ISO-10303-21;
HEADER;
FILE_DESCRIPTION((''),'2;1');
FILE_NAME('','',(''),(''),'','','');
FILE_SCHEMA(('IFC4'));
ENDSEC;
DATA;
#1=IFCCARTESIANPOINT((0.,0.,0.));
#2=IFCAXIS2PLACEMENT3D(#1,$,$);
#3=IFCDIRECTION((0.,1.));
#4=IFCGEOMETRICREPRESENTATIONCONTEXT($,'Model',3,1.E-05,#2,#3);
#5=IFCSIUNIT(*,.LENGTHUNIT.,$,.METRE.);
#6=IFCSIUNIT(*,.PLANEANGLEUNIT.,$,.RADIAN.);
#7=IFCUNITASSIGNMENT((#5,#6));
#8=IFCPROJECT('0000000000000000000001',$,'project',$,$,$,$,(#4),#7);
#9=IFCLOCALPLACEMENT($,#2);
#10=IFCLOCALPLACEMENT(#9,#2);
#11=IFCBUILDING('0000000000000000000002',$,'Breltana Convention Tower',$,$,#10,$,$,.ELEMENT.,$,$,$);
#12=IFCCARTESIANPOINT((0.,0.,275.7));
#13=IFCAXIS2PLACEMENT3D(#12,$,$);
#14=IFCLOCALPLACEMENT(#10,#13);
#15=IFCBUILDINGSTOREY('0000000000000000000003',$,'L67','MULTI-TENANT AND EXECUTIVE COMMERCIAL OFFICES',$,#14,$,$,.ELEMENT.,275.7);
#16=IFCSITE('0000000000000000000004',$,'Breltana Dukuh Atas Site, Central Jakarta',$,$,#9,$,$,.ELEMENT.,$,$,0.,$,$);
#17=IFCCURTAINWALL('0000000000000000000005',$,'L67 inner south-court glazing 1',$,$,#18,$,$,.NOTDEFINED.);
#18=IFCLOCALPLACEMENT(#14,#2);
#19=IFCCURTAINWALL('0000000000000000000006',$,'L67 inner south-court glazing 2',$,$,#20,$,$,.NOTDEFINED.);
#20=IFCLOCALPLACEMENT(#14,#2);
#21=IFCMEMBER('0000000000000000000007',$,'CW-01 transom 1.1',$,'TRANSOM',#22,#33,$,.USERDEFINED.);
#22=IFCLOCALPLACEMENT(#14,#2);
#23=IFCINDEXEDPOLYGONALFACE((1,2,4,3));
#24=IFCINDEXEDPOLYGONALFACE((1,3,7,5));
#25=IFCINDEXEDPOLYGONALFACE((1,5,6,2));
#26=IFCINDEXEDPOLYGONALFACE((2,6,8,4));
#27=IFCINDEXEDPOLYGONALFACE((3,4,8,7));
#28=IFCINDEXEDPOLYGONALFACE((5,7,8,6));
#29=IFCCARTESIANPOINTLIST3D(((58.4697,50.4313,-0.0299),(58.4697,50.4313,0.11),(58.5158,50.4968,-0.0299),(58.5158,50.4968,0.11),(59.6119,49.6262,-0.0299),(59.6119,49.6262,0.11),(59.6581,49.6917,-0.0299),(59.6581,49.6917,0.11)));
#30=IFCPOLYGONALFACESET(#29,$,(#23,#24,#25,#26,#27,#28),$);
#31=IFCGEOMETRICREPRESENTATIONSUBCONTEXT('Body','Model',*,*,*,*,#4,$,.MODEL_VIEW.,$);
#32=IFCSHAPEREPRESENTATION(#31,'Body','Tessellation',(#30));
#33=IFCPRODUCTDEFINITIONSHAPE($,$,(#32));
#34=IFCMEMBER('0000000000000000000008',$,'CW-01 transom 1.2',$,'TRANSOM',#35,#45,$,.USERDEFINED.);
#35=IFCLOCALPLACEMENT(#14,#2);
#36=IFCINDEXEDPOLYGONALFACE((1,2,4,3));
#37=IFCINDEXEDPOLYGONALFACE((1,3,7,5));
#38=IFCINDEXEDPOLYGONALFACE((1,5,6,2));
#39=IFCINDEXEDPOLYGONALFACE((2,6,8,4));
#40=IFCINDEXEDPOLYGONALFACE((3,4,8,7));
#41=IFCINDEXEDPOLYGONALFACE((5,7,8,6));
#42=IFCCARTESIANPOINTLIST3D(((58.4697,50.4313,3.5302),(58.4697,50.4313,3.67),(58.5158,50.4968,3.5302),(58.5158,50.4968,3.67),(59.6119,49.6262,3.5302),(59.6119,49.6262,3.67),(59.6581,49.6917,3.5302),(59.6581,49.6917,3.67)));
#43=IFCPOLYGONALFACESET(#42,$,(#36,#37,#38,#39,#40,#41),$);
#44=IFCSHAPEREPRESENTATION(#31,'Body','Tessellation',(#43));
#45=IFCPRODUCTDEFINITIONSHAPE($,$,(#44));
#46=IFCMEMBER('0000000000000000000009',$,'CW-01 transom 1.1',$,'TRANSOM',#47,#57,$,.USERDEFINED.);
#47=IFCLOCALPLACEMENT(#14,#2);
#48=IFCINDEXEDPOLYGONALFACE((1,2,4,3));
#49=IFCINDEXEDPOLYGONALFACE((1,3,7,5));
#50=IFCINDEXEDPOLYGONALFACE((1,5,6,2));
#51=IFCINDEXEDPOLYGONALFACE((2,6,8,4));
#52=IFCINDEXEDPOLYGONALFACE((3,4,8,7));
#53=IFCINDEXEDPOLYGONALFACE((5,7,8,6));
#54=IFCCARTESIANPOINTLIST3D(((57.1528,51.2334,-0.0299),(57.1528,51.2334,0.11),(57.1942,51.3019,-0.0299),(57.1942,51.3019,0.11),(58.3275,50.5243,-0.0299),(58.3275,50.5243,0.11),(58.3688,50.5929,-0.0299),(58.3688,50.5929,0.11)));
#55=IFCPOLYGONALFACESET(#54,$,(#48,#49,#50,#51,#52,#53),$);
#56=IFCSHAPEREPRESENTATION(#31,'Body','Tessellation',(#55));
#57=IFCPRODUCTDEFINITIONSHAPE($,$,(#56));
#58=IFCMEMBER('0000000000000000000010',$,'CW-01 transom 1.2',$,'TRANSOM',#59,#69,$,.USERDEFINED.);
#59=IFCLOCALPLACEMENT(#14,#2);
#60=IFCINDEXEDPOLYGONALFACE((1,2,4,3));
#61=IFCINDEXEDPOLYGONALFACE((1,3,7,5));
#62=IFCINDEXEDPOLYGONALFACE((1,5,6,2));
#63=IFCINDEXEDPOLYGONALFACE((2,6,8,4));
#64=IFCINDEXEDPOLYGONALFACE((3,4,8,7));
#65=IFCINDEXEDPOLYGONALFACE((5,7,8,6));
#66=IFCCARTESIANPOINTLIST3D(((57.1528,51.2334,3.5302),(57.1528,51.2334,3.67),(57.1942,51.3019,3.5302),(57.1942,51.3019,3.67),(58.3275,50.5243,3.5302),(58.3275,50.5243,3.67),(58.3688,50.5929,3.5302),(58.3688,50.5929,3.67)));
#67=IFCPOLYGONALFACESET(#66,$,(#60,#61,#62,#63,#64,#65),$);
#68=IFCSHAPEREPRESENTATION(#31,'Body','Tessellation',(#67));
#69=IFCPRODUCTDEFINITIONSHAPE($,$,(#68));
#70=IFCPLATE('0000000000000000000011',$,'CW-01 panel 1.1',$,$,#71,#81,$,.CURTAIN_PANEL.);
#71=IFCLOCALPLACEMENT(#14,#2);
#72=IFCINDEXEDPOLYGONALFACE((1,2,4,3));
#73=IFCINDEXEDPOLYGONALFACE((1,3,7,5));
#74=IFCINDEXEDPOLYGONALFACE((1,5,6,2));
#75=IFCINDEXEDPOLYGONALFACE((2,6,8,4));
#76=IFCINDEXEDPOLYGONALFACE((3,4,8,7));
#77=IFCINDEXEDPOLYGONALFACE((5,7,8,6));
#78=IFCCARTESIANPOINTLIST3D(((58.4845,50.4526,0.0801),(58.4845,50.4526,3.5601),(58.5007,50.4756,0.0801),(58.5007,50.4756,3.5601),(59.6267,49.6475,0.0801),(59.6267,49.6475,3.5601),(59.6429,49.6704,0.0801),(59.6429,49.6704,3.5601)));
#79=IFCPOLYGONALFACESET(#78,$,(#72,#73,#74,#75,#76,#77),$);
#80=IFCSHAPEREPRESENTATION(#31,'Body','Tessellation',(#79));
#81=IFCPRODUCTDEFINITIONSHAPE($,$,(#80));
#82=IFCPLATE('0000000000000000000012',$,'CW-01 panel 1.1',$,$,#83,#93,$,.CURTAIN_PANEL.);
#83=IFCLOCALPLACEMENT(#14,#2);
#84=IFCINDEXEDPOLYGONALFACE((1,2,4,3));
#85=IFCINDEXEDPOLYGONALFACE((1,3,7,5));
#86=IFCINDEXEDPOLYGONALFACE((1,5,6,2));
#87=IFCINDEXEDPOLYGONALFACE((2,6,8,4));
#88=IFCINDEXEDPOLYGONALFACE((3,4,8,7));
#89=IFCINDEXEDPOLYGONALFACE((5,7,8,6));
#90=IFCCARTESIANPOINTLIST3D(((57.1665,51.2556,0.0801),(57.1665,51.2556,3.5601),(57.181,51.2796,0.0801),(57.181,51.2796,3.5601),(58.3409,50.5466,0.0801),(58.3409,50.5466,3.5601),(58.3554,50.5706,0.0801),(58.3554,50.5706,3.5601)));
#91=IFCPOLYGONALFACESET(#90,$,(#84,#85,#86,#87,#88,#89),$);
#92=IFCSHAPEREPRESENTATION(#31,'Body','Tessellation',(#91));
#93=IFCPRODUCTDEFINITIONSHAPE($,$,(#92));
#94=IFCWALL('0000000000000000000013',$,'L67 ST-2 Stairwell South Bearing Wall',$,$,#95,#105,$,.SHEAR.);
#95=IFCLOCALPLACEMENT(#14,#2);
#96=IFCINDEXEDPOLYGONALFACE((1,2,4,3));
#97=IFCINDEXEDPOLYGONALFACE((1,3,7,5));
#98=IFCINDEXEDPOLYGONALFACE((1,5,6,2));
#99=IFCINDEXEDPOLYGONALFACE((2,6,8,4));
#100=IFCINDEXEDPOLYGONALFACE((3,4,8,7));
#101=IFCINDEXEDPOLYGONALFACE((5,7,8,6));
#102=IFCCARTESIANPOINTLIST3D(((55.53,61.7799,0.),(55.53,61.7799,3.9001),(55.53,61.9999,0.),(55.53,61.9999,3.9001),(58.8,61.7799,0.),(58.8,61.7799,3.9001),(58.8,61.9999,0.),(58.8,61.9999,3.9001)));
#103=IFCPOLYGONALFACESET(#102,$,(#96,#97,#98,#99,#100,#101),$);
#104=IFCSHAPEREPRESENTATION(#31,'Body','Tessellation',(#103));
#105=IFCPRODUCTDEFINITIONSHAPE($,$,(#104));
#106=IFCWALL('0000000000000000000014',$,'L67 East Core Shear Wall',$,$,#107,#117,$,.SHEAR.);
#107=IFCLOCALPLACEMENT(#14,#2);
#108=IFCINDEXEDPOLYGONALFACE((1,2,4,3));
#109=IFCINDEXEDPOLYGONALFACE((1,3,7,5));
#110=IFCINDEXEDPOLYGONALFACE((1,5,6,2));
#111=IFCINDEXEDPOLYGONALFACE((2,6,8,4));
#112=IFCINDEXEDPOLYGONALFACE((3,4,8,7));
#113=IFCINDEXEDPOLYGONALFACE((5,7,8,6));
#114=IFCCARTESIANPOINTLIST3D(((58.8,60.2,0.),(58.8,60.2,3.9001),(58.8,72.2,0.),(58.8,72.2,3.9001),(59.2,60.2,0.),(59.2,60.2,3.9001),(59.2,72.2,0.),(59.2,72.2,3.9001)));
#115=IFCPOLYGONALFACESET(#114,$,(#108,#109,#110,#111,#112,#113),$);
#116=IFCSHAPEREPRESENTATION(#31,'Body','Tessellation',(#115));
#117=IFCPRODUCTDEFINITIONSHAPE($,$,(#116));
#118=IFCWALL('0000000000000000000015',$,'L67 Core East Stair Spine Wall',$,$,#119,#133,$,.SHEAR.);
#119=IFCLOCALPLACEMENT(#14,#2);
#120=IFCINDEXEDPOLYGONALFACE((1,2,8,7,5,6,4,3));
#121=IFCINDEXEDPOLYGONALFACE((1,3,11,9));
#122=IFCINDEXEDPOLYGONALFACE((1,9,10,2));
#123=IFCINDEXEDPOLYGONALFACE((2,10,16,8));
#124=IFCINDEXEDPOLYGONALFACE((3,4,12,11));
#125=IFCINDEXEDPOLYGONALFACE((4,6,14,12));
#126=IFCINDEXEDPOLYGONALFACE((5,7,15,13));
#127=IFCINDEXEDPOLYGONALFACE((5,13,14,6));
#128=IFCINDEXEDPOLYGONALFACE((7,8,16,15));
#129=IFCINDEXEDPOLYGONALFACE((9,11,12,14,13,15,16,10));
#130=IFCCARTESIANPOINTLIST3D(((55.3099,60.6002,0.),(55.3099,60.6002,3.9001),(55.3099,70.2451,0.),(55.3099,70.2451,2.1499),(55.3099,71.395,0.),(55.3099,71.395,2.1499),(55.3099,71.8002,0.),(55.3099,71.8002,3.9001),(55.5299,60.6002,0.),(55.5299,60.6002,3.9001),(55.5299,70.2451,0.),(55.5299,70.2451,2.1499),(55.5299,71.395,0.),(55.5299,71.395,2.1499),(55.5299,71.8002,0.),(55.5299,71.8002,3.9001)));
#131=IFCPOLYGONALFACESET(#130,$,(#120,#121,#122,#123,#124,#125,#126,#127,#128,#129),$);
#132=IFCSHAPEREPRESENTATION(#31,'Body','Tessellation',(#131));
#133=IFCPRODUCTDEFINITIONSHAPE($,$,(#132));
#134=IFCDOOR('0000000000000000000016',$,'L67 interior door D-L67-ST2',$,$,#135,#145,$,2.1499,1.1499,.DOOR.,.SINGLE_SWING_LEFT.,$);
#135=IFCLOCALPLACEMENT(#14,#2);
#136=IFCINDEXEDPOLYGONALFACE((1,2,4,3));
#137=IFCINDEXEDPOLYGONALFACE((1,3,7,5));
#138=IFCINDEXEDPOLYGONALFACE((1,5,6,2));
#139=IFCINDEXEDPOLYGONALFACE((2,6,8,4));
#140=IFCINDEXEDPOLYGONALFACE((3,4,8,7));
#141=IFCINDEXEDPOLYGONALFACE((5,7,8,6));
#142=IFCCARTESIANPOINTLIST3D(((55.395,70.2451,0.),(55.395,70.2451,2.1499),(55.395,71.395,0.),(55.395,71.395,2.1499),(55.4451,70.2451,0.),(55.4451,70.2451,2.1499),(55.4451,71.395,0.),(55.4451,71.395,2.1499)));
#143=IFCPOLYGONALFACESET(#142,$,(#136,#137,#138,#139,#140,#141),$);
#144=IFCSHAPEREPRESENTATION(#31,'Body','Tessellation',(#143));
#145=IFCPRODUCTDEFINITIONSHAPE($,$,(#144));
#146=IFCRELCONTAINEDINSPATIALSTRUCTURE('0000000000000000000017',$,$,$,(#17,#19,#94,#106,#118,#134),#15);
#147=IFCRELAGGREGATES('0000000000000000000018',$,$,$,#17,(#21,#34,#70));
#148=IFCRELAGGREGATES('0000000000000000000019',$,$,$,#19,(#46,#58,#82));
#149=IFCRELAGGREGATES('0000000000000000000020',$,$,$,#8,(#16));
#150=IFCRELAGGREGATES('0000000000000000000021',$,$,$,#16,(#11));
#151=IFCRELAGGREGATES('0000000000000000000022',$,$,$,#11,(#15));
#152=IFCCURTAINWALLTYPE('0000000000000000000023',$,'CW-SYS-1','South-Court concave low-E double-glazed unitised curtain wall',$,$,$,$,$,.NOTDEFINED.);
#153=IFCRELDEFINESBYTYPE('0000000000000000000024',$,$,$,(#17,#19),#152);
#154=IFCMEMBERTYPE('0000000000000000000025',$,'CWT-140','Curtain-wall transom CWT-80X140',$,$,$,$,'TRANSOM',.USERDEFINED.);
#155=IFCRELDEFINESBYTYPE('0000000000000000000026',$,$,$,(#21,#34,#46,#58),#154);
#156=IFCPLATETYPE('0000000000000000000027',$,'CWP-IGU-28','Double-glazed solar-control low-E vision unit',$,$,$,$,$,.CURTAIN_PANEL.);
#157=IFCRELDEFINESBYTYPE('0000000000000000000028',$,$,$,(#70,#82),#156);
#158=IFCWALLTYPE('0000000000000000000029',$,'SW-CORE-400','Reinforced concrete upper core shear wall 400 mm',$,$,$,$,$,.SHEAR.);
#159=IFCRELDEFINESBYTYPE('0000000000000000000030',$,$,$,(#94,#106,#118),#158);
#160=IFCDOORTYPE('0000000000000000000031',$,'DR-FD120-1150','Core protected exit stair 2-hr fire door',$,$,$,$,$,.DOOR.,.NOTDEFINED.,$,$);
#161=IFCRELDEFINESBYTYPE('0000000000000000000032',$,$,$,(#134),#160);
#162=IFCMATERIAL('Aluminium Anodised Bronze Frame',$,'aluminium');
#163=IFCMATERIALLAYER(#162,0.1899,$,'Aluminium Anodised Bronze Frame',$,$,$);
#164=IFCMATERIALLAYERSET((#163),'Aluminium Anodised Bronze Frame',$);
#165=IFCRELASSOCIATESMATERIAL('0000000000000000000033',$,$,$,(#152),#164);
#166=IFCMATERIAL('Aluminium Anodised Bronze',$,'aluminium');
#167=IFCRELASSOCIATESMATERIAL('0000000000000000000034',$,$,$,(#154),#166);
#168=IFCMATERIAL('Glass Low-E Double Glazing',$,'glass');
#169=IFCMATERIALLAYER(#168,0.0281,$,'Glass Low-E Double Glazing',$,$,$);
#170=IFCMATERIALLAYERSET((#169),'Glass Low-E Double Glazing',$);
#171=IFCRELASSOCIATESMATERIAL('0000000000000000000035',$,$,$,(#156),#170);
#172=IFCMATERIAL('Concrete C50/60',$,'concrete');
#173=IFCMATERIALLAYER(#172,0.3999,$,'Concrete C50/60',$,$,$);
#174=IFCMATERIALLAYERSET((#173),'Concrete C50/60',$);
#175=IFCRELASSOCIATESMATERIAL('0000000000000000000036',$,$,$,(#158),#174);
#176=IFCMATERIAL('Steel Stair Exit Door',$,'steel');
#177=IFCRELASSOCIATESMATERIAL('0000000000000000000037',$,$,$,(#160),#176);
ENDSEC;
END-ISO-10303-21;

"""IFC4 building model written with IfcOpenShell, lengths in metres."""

from ifc_helpers import new_model, si_unit, direction, frame, frame_2d, origin, origin_2d, place, context, subcontext, project, spatial, rectangle, extrude, source, transform, mapped, material, layer, layer_set, material_profile, profile_set, type_object, type_shapes, element, fill, aggregate, save


model = new_model("IFC4")

# Units and contexts
model_context = context("Model", 3, precision=1e-05, world=origin(), true_north=direction((0.0, 1.0)))
body_context = subcontext(model_context, "Body", "Model", "MODEL_VIEW")
ifc_project = project(units=[si_unit("LENGTHUNIT", "METRE"), si_unit("PLANEANGLEUNIT", "RADIAN")], contexts=[model_context])

# Site, building, storey
site_placement = place(None, origin())
site = spatial("IfcSite", under=ifc_project, at=site_placement, Name="Breltana Dukuh Atas Site, Central Jakarta", CompositionType="ELEMENT", RefElevation=0.0)
building_placement = place(site_placement, origin())
building = spatial("IfcBuilding", under=site, at=building_placement, Name="Breltana Convention Tower", CompositionType="ELEMENT")
storey_placement = place(building_placement, frame((0.0, 0.0, 275.7)))
storey = spatial("IfcBuildingStorey", under=building, at=storey_placement, Name="L67", Description="MULTI-TENANT AND EXECUTIVE COMMERCIAL OFFICES", CompositionType="ELEMENT", Elevation=275.7)

# Curtain walls
ifc_material_1 = material(Name="Aluminium Anodised Bronze Frame", Category="aluminium")
ifc_layer_1 = layer(ifc_material_1, 0.1899, Name="Aluminium Anodised Bronze Frame")
ifc_layer_set_1 = layer_set([ifc_layer_1], Name="Aluminium Anodised Bronze Frame")
curtain_wall_type = type_object("IfcCurtainWallType", Name="CW-SYS-1", Description="South-Court concave low-E double-glazed unitised curtain wall", PredefinedType="NOTDEFINED", material=ifc_layer_set_1)
curtain_wall_1_placement = place(storey_placement, origin())
curtain_wall_1 = element("IfcCurtainWall", 1, at=curtain_wall_1_placement, inside=storey, type_object=curtain_wall_type, Name="L67 inner south-court glazing 1", PredefinedType="NOTDEFINED")
ifc_material_2 = material(Name="Aluminium Anodised Bronze", Category="aluminium")
curtain_wall_2_placement = place(storey_placement, origin())
curtain_wall_2 = element("IfcCurtainWall", 2, at=curtain_wall_2_placement, inside=storey, type_object=curtain_wall_type, Name="L67 inner south-court glazing 2", PredefinedType="NOTDEFINED")

# Members
ifc_material_profile_1 = material_profile(ifc_material_2, rectangle(XDim=0.0801, YDim=0.1399, at=origin_2d()), Name="CWT-80X140")
ifc_profile_set_1 = profile_set([ifc_material_profile_1], Name="Aluminium Anodised Bronze")
member_type_1 = type_object("IfcMemberType", Name="CWT-140", Description="Curtain-wall transom CWT-80X140", ElementType="TRANSOM", PredefinedType="USERDEFINED", material=ifc_profile_set_1)
shared_shape_1 = source(origin(), body_context, "Body", "SweptSolid", [
    extrude(rectangle(XDim=0.0801, YDim=0.1399, at=origin_2d()), origin(), (0.0, 0.0, 1.0), 1.3975),
])
member_1_placement = place(storey_placement, frame((59.635, 49.6589, 0.04), z_axis=(-0.817365, 0.576121, 0.0), x_axis=(-0.576121, -0.817365, 0.0)))
member_1 = element("IfcMember", 3, at=member_1_placement, type_object=member_type_1, Name="CW-01 transom 1.1", ObjectType="TRANSOM", PredefinedType="USERDEFINED", context=body_context, shape_type="MappedRepresentation", body=[
    mapped(shared_shape_1, transform((0.0, 0.0, 0.0), scale=1.0)),
])
member_2_placement = place(storey_placement, frame((59.635, 49.6589, 3.6001), z_axis=(-0.817365, 0.576121, 0.0), x_axis=(-0.576121, -0.817365, 0.0)))
member_2 = element("IfcMember", 4, at=member_2_placement, type_object=member_type_1, Name="CW-01 transom 1.2", ObjectType="TRANSOM", PredefinedType="USERDEFINED", context=body_context, shape_type="MappedRepresentation", body=[
    mapped(shared_shape_1, transform((0.0, 0.0, 0.0), scale=1.0)),
])
shared_shape_2 = source(origin(), body_context, "Body", "SweptSolid", [
    extrude(rectangle(XDim=0.0801, YDim=0.1399, at=origin_2d()), origin(), (0.0, 0.0, 1.0), 1.3721),
])
member_3_placement = place(storey_placement, frame((58.3481, 50.5586, 0.04), z_axis=(-0.856124, 0.516771, 0.0), x_axis=(-0.516771, -0.856124, 0.0)))
member_3 = element("IfcMember", 5, at=member_3_placement, type_object=member_type_1, Name="CW-01 transom 1.1", ObjectType="TRANSOM", PredefinedType="USERDEFINED", context=body_context, shape_type="MappedRepresentation", body=[
    mapped(shared_shape_2, transform((0.0, 0.0, 0.0), scale=1.0)),
])
member_4_placement = place(storey_placement, frame((58.3481, 50.5586, 3.6001), z_axis=(-0.856124, 0.516771, 0.0), x_axis=(-0.516771, -0.856124, 0.0)))
member_4 = element("IfcMember", 6, at=member_4_placement, type_object=member_type_1, Name="CW-01 transom 1.2", ObjectType="TRANSOM", PredefinedType="USERDEFINED", context=body_context, shape_type="MappedRepresentation", body=[
    mapped(shared_shape_2, transform((0.0, 0.0, 0.0), scale=1.0)),
])

# Plates
ifc_material_3 = material(Name="Glass Low-E Double Glazing", Category="glass")
ifc_layer_2 = layer(ifc_material_3, 0.0281, Name="Glass Low-E Double Glazing")
ifc_layer_set_2 = layer_set([ifc_layer_2], Name="Glass Low-E Double Glazing")
plate_type = type_object("IfcPlateType", Name="CWP-IGU-28", Description="Double-glazed solar-control low-E vision unit", PredefinedType="CURTAIN_PANEL", material=ifc_layer_set_2)
shared_shape_3 = source(origin(), body_context, "Body", "SweptSolid", [
    extrude(rectangle(XDim=1.3975, YDim=0.0281, at=origin_2d()), origin(), (0.0, 0.0, 1.0), 3.48),
])
plate_1_placement = place(storey_placement, frame((59.0637, 50.0615, 0.0801), z_axis=(0.0, 0.0, 1.0), x_axis=(-0.817327, 0.576174, 0.0)))
plate_1 = element("IfcPlate", 7, at=plate_1_placement, type_object=plate_type, Name="CW-01 panel 1.1", PredefinedType="CURTAIN_PANEL", context=body_context, shape_type="MappedRepresentation", body=[
    mapped(shared_shape_3, transform((0.0, 0.0, 0.0), scale=1.0)),
])
aggregate(curtain_wall_1, [member_1, member_2, plate_1])
shared_shape_4 = source(origin(), body_context, "Body", "SweptSolid", [
    extrude(rectangle(XDim=1.3718, YDim=0.0281, at=origin_2d()), origin(), (0.0, 0.0, 1.0), 3.48),
])
plate_2_placement = place(storey_placement, frame((57.761, 50.9131, 0.0801), z_axis=(0.0, 0.0, 1.0), x_axis=(-0.85609, 0.516827, 0.0)))
plate_2 = element("IfcPlate", 8, at=plate_2_placement, type_object=plate_type, Name="CW-01 panel 1.1", PredefinedType="CURTAIN_PANEL", context=body_context, shape_type="MappedRepresentation", body=[
    mapped(shared_shape_4, transform((0.0, 0.0, 0.0), scale=1.0)),
])
aggregate(curtain_wall_2, [member_3, member_4, plate_2])

# Walls
ifc_material_4 = material(Name="Concrete C50/60", Category="concrete")
ifc_layer_3 = layer(ifc_material_4, 0.3999, Name="Concrete C50/60")
ifc_layer_set_3 = layer_set([ifc_layer_3], Name="Concrete C50/60")
wall_type_1 = type_object("IfcWallType", Name="SW-CORE-400", Description="Reinforced concrete upper core shear wall 400 mm", PredefinedType="SHEAR", material=ifc_layer_set_3)
shared_shape_5 = source(origin(), body_context, "Body", "SweptSolid", [
    extrude(rectangle(XDim=3.27, YDim=0.22, at=frame_2d((1.635, 0.0))), origin(), (0.0, 0.0, 1.0), 3.9001),
])
wall_1_placement = place(storey_placement, frame((55.53, 61.8899, 0.0), z_axis=(0.0, 0.0, 1.0), x_axis=(1.0, 0.0, 0.0)))
element("IfcWall", 9, at=wall_1_placement, inside=storey, type_object=wall_type_1, Name="L67 ST-2 Stairwell South Bearing Wall", PredefinedType="SHEAR", context=body_context, shape_type="MappedRepresentation", body=[
    mapped(shared_shape_5, transform((0.0, 0.0, 0.0), scale=1.0)),
])
shared_shape_6 = source(origin(), body_context, "Body", "SweptSolid", [
    extrude(rectangle(XDim=12.0, YDim=0.3999, at=frame_2d((6.0, 0.0))), origin(), (0.0, 0.0, 1.0), 3.9001),
])
wall_2_placement = place(storey_placement, frame((59.0, 60.2, 0.0), z_axis=(0.0, 0.0, 1.0), x_axis=(0.0, 1.0, 0.0)))
element("IfcWall", 10, at=wall_2_placement, inside=storey, type_object=wall_type_1, Name="L67 East Core Shear Wall", PredefinedType="SHEAR", context=body_context, shape_type="MappedRepresentation", body=[
    mapped(shared_shape_6, transform((0.0, 0.0, 0.0), scale=1.0)),
])

# Wall, opening, door
shared_shape_7 = source(origin(), body_context, "Body", "SweptSolid", [
    extrude(rectangle(XDim=11.2, YDim=0.22, at=frame_2d((5.6001, 0.0))), origin(), (0.0, 0.0, 1.0), 3.9001),
])
wall_3_placement = place(storey_placement, frame((55.4199, 60.6001, 0.0), z_axis=(0.0, 0.0, 1.0), x_axis=(0.0, 1.0, 0.0)))
wall_3 = element("IfcWall", 11, at=wall_3_placement, inside=storey, type_object=wall_type_1, Name="L67 Core East Stair Spine Wall", PredefinedType="SHEAR", context=body_context, shape_type="MappedRepresentation", body=[
    mapped(shared_shape_7, transform((0.0, 0.0, 0.0), scale=1.0)),
])
opening_1_placement = place(wall_3_placement, frame((9.645, 0.0, 0.0)))
opening_1 = element("IfcOpeningElement", 12, at=opening_1_placement, cuts=wall_3, PredefinedType="OPENING", context=body_context, shape_type="SweptSolid", body=[
    extrude(rectangle(XDim=1.1499, YDim=2.1499, at=frame_2d((0.575, 1.075))), frame((0.0, 0.1201, 0.0), z_axis=(0.0, -1.0, 0.0), x_axis=(1.0, 0.0, 0.0)), (0.0, 0.0, 1.0), 0.24),
])
ifc_material_5 = material(Name="Steel Stair Exit Door", Category="steel")
door_type_1 = type_object("IfcDoorType", Name="DR-FD120-1150", Description="Core protected exit stair 2-hr fire door", OperationType="NOTDEFINED", PredefinedType="DOOR", material=ifc_material_5)
shared_shape_8 = source(origin(), body_context, "Body", "SweptSolid", [
    extrude(rectangle(XDim=1.1499, YDim=2.1499, at=frame_2d((0.575, 1.075))), frame((0.0, 0.0249, 0.0), z_axis=(0.0, -1.0, 0.0), x_axis=(1.0, 0.0, 0.0)), (0.0, 0.0, 1.0), 0.05),
])
type_shapes(door_type_1, [shared_shape_8])
door_1_placement = place(opening_1_placement, origin())
door_1 = element("IfcDoor", 13, at=door_1_placement, inside=storey, type_object=door_type_1, Name="L67 interior door D-L67-ST2", OperationType="SINGLE_SWING_LEFT", OverallHeight=2.1499, OverallWidth=1.1499, PredefinedType="DOOR", context=body_context, shape_type="MappedRepresentation", body=[
    mapped(shared_shape_8, transform((0.0, 0.0, 0.0), scale=1.0)),
])
fill(opening_1, door_1)

save(model, "model.ifc")
